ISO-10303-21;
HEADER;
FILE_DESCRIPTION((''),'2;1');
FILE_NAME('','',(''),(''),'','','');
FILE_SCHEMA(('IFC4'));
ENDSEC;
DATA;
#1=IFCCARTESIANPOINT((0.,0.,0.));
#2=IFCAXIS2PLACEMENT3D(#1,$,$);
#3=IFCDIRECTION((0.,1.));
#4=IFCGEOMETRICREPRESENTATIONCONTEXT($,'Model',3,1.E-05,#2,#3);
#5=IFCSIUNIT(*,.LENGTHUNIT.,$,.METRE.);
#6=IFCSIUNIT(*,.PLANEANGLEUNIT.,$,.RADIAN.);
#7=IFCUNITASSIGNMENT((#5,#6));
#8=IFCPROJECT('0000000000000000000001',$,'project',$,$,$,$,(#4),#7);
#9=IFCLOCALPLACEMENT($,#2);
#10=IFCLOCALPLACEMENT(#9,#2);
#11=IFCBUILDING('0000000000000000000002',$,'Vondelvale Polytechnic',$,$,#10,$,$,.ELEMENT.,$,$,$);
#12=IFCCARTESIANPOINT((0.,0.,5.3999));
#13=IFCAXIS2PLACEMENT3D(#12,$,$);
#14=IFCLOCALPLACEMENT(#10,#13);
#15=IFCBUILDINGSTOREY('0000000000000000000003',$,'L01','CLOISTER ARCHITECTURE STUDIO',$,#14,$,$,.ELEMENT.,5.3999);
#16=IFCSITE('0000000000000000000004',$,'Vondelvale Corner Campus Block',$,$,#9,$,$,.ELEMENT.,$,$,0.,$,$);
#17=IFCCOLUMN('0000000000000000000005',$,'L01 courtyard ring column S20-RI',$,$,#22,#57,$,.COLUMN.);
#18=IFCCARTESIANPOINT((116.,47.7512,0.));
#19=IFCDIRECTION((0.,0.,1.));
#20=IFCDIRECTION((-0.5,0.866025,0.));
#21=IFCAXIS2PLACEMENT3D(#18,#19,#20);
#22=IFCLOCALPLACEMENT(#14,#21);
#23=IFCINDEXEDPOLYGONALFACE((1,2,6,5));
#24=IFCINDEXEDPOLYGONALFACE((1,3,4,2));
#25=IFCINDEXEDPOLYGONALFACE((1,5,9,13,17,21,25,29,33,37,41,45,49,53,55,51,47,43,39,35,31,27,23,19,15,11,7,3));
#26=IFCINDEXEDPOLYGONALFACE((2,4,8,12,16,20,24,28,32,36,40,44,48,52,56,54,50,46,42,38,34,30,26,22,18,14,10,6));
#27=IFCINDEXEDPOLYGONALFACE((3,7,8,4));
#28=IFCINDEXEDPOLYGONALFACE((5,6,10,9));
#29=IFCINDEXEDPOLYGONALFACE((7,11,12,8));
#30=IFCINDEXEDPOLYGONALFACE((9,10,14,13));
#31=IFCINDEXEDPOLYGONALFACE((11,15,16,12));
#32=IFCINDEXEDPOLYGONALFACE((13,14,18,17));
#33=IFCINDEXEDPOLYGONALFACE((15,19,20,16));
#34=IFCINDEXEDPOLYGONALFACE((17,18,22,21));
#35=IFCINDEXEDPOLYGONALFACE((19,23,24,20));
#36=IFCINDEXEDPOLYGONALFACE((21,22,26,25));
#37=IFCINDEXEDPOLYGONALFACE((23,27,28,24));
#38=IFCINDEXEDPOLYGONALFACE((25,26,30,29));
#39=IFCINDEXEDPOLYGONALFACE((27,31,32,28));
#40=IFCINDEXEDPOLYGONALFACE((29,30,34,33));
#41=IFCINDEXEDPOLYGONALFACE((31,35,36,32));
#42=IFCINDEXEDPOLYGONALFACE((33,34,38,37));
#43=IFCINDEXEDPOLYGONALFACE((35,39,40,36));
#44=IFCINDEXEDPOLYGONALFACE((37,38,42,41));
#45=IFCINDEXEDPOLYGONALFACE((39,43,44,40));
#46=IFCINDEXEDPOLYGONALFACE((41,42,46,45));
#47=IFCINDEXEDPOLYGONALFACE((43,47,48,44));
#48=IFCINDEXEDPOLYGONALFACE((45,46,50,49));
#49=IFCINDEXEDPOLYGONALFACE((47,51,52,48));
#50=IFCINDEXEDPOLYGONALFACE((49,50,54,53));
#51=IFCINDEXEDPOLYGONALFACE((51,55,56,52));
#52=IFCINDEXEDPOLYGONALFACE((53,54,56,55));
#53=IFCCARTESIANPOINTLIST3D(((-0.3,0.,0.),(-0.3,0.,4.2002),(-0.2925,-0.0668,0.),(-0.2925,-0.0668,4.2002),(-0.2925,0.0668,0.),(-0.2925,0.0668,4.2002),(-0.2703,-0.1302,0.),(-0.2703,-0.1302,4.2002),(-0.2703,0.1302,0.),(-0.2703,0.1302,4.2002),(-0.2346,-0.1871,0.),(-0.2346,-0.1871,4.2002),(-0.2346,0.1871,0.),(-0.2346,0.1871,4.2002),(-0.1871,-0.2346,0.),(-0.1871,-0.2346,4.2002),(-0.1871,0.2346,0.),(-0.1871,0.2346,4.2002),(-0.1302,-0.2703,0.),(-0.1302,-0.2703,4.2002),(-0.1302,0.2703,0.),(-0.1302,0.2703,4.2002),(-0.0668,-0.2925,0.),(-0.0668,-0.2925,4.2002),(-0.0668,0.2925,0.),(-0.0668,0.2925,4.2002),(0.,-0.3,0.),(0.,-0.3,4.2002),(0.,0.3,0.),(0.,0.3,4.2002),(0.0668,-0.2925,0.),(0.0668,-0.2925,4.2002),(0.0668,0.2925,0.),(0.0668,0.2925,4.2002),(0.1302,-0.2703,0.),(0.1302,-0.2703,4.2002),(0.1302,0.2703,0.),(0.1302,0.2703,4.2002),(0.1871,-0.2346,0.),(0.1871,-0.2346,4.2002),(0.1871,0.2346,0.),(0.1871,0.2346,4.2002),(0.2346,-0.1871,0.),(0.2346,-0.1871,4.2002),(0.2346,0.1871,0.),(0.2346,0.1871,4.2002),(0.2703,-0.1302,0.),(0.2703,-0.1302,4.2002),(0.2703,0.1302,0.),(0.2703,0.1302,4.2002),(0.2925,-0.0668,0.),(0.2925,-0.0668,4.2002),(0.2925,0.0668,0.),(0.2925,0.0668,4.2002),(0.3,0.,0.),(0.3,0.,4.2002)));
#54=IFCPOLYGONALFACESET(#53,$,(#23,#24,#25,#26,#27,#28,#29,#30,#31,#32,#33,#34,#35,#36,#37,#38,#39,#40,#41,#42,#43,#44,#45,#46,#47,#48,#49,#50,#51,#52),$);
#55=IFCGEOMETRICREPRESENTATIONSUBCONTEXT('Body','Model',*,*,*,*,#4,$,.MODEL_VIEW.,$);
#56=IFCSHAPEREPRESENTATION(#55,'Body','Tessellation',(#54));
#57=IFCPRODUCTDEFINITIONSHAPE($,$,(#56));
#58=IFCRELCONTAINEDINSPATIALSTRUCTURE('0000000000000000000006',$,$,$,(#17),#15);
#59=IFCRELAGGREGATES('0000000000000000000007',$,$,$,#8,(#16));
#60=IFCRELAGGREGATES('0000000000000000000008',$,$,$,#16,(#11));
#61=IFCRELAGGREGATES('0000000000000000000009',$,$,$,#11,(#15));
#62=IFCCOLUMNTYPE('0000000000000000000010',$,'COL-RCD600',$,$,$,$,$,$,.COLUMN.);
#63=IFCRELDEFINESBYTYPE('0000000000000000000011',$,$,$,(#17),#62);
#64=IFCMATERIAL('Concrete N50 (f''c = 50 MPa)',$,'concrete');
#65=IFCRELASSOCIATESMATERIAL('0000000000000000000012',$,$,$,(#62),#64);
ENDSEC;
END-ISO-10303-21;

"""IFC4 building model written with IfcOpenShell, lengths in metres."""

from ifc_helpers import new_model, si_unit, direction, frame, origin, origin_2d, place, context, subcontext, project, spatial, circle, extrude, material, material_profile, profile_set, type_object, element, save


model = new_model("IFC4")

# Units and contexts
model_context = context("Model", 3, precision=1e-05, world=origin(), true_north=direction((0.0, 1.0)))
body_context = subcontext(model_context, "Body", "Model", "MODEL_VIEW")
ifc_project = project(units=[si_unit("LENGTHUNIT", "METRE"), si_unit("PLANEANGLEUNIT", "RADIAN")], contexts=[model_context])

# Site, building, storey
site_placement = place(None, origin())
site = spatial("IfcSite", under=ifc_project, at=site_placement, Name="Vondelvale Corner Campus Block", CompositionType="ELEMENT", RefElevation=0.0)
building_placement = place(site_placement, origin())
building = spatial("IfcBuilding", under=site, at=building_placement, Name="Vondelvale Polytechnic", CompositionType="ELEMENT")
storey_placement = place(building_placement, frame((0.0, 0.0, 5.3999)))
storey = spatial("IfcBuildingStorey", under=building, at=storey_placement, Name="L01", Description="CLOISTER ARCHITECTURE STUDIO", CompositionType="ELEMENT", Elevation=5.3999)

# Column
ifc_material_1 = material(Name="Concrete N50 (f'c = 50 MPa)", Category="concrete")
ifc_material_profile_1 = material_profile(ifc_material_1, circle(Radius=0.3, at=origin_2d()), Name="RC-COL-D600")
ifc_profile_set_1 = profile_set([ifc_material_profile_1], Name="Concrete N50 (f'c = 50 MPa)")
column_type = type_object("IfcColumnType", Name="COL-RCD600", PredefinedType="COLUMN", material=ifc_profile_set_1)
column_placement = place(storey_placement, frame((116.0, 47.7512, 0.0), z_axis=(0.0, 0.0, 1.0), x_axis=(-0.5, 0.866025, 0.0)))
element("IfcColumn", 1, at=column_placement, inside=storey, type_object=column_type, Name="L01 courtyard ring column S20-RI", PredefinedType="COLUMN", context=body_context, shape_type="SweptSolid", body=[
    extrude(circle(Radius=0.3, at=origin_2d()), origin(), (0.0, 0.0, 1.0), 4.2002),
])

save(model, "model.ifc")
